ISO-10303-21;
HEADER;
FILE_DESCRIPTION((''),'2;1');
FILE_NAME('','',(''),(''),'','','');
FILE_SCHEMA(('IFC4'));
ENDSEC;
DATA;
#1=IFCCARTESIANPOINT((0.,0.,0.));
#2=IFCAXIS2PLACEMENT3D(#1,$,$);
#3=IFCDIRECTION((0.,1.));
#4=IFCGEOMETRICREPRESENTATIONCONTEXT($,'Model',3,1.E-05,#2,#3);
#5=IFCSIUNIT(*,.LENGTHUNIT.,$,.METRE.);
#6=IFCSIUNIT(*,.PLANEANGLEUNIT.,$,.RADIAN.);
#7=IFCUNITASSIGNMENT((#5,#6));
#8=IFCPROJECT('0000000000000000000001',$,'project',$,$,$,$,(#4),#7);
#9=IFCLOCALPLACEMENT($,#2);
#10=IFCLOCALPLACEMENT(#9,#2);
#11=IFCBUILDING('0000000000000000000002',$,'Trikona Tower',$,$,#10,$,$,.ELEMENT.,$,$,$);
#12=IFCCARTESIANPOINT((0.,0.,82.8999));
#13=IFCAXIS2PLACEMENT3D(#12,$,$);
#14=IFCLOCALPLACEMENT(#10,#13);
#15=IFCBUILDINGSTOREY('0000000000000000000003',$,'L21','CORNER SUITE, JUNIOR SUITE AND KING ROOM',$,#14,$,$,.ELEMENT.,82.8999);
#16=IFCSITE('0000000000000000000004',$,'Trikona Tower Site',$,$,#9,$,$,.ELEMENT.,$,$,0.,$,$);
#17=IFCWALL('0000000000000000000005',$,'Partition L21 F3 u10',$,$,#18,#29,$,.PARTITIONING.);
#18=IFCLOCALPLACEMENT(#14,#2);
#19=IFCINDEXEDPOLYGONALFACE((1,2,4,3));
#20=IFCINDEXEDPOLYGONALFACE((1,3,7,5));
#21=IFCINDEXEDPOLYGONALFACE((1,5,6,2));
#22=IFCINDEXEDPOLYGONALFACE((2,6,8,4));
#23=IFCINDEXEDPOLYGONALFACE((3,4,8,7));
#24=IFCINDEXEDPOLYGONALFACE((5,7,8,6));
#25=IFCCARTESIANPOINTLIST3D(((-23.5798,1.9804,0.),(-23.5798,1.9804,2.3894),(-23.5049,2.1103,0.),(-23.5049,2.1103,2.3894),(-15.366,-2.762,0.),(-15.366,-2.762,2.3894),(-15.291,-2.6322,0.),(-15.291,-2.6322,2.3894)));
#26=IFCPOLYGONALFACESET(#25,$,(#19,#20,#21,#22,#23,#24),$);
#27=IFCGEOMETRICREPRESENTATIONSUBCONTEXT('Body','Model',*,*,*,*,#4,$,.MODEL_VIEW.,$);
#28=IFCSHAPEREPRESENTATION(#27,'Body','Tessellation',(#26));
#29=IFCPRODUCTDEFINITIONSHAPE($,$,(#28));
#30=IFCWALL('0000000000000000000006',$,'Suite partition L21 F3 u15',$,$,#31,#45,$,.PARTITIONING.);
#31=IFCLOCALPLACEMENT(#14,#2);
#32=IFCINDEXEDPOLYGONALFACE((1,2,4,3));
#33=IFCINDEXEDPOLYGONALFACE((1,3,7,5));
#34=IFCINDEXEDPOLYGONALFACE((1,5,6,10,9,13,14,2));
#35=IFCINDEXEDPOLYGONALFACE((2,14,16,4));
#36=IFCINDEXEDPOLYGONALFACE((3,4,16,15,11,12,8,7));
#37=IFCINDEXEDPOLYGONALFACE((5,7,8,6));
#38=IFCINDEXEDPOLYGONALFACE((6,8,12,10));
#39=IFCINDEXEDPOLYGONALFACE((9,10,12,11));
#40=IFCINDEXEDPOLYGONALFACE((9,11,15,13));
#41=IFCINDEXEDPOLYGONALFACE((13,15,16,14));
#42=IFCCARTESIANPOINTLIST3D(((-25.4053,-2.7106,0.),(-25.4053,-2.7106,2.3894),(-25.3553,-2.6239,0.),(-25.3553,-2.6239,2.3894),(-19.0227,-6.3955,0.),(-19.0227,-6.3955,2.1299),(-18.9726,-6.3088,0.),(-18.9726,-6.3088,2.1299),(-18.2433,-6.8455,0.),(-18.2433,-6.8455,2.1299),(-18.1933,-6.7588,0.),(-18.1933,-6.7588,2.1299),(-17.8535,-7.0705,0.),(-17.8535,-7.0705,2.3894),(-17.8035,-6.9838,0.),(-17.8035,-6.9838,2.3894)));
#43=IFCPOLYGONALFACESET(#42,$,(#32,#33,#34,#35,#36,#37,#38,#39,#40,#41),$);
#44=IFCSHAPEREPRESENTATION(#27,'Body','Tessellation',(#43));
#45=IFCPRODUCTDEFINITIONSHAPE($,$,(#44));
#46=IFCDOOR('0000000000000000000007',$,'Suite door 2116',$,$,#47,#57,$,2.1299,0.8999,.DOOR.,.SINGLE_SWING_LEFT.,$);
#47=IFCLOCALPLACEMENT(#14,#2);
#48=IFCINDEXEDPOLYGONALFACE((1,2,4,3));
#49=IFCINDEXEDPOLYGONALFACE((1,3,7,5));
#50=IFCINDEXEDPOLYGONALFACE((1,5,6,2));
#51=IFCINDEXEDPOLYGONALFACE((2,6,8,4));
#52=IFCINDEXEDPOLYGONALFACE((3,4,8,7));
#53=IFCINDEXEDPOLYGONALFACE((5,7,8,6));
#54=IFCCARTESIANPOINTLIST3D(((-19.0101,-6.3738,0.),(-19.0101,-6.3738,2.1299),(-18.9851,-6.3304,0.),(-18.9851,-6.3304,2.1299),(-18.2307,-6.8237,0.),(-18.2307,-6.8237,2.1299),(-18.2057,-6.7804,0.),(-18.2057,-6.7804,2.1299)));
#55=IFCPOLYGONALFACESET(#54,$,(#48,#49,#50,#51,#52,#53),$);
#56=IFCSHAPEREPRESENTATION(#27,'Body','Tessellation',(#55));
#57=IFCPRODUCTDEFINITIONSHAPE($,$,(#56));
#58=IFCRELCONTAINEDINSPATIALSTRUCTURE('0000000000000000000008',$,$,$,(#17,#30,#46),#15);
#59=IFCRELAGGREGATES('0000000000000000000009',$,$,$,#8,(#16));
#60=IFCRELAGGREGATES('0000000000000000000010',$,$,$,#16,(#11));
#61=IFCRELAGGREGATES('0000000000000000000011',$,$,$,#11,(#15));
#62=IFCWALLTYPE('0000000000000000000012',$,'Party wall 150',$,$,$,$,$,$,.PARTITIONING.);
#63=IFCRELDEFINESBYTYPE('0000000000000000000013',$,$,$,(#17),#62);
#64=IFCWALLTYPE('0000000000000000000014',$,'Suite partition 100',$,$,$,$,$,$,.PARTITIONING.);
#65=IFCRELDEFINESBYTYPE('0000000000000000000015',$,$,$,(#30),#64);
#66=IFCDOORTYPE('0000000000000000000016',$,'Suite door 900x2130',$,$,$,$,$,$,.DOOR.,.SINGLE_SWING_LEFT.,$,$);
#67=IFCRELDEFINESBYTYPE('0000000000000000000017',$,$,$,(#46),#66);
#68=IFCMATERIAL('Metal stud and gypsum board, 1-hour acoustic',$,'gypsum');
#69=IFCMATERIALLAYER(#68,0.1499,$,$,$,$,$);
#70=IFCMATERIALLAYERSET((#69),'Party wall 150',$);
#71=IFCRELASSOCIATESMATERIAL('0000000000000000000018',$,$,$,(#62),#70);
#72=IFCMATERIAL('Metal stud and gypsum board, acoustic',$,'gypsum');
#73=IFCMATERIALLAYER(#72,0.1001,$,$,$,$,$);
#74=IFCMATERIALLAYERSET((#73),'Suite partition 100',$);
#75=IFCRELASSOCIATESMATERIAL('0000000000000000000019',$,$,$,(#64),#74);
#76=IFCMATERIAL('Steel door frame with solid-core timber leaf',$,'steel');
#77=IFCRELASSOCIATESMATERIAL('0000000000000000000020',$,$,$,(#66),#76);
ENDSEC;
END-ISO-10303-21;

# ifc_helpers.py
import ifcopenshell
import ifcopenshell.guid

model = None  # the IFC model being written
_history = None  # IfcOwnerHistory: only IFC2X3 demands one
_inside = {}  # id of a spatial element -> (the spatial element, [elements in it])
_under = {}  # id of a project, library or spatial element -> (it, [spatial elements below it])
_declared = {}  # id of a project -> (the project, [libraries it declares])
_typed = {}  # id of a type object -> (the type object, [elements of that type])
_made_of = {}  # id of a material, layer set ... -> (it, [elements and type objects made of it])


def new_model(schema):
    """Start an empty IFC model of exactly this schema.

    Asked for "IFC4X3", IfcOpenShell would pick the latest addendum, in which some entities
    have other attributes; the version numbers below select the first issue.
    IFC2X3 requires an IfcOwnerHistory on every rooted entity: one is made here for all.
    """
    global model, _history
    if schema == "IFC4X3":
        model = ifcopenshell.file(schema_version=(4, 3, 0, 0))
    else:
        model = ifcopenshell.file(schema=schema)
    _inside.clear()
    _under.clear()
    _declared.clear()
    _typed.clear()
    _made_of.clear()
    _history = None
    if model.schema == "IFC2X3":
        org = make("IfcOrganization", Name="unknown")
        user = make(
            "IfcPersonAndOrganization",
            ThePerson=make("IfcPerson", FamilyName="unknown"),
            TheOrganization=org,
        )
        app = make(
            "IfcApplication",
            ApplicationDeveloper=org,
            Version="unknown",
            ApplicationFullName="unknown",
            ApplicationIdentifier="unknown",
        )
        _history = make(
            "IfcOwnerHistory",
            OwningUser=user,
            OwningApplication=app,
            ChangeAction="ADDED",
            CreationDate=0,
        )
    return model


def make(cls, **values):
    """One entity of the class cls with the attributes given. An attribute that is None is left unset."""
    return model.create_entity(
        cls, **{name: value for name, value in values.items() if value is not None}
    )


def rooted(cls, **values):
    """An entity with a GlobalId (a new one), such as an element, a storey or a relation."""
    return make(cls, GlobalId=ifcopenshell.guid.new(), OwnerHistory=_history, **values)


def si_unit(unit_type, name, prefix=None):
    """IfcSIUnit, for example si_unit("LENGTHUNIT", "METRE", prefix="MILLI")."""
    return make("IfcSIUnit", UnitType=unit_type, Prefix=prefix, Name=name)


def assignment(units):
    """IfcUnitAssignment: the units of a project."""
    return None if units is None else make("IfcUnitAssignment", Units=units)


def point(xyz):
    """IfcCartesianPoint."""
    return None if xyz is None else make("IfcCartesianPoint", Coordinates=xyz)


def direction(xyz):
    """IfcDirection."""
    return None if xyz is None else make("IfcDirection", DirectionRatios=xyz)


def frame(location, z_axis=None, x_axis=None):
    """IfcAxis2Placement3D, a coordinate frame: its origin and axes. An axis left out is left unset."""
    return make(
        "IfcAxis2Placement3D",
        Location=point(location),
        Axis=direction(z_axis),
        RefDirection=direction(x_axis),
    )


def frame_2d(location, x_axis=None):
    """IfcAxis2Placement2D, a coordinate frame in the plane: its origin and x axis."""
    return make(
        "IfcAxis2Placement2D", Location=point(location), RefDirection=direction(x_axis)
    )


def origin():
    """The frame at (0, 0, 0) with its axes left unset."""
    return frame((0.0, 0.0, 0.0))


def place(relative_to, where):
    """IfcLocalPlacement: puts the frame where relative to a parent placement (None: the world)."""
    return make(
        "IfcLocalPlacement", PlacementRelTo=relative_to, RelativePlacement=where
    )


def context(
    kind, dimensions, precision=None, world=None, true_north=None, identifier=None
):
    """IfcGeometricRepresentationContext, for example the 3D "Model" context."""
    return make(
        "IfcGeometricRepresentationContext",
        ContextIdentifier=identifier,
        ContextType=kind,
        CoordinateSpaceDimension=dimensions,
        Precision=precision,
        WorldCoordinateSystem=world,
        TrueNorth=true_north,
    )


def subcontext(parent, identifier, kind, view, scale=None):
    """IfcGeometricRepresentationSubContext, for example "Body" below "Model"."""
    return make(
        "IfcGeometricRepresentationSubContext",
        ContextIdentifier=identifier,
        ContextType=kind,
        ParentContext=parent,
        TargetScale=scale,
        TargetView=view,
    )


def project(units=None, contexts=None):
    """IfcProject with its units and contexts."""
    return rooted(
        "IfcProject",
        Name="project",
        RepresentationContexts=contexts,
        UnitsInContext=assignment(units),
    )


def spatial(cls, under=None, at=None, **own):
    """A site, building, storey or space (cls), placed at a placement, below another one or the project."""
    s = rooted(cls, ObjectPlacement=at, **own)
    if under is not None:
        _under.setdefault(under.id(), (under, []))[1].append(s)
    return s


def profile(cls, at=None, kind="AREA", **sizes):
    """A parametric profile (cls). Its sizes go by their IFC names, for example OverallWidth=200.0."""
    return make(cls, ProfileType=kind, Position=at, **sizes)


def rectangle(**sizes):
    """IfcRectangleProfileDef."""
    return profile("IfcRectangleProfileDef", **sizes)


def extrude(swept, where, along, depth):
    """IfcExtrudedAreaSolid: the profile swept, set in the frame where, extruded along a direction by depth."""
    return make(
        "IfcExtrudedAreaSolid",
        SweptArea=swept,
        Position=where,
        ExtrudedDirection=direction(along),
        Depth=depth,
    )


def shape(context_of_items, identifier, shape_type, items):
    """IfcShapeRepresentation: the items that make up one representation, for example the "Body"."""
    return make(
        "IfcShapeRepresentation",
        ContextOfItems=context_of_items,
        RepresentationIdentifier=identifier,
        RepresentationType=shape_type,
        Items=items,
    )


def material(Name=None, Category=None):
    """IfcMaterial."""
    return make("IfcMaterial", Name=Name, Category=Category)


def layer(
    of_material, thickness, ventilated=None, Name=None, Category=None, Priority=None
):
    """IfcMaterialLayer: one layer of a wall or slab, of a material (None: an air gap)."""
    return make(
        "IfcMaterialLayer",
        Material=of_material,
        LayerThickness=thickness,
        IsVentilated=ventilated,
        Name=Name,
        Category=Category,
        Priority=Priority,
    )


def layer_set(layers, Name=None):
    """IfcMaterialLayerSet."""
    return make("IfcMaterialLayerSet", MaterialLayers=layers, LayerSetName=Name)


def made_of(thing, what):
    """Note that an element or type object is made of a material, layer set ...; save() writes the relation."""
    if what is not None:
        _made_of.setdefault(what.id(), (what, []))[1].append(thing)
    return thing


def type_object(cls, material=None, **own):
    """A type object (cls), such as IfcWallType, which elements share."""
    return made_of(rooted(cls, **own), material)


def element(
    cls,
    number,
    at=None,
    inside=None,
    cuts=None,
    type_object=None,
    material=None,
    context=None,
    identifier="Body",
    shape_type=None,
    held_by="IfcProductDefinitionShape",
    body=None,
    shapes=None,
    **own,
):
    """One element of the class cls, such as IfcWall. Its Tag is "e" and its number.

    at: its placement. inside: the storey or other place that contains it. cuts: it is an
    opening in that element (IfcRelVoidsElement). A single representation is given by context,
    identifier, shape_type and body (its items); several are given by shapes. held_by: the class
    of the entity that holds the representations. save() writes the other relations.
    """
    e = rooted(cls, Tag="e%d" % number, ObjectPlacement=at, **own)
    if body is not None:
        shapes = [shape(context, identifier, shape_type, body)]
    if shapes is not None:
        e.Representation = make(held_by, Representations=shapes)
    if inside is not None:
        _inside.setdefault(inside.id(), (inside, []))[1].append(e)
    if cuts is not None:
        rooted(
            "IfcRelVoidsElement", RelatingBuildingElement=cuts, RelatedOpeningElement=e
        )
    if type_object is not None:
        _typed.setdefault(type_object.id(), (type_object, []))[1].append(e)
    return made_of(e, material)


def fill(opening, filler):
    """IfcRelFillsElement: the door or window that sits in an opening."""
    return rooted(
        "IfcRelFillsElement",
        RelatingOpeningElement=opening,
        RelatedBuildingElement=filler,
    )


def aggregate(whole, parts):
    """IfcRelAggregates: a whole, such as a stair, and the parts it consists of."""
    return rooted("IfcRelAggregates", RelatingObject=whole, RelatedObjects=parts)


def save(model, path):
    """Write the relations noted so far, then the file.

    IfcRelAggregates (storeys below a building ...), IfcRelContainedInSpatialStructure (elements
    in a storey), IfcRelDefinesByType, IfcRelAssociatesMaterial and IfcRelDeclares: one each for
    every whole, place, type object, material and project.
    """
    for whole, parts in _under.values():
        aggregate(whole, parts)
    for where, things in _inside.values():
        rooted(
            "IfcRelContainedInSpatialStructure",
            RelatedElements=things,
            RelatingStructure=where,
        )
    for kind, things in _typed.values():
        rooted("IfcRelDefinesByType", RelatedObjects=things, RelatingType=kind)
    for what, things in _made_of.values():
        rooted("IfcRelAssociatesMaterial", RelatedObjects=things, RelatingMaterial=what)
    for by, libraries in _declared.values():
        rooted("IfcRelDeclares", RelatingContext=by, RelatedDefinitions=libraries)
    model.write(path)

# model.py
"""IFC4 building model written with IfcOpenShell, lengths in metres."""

from ifc_helpers import new_model, si_unit, direction, frame, frame_2d, origin, place, context, subcontext, project, spatial, rectangle, extrude, material, layer, layer_set, type_object, element, fill, save


model = new_model("IFC4")

# Units and contexts
model_context = context("Model", 3, precision=1e-05, world=origin(), true_north=direction((0.0, 1.0)))
body_context = subcontext(model_context, "Body", "Model", "MODEL_VIEW")
ifc_project = project(units=[si_unit("LENGTHUNIT", "METRE"), si_unit("PLANEANGLEUNIT", "RADIAN")], contexts=[model_context])

# Site, building, storey
site_placement = place(None, origin())
site = spatial("IfcSite", under=ifc_project, at=site_placement, Name="Trikona Tower Site", CompositionType="ELEMENT", RefElevation=0.0)
building_placement = place(site_placement, origin())
building = spatial("IfcBuilding", under=site, at=building_placement, Name="Trikona Tower", CompositionType="ELEMENT")
storey_placement = place(building_placement, frame((0.0, 0.0, 82.8999)))
storey = spatial("IfcBuildingStorey", under=building, at=storey_placement, Name="L21", Description="CORNER SUITE, JUNIOR SUITE AND KING ROOM", CompositionType="ELEMENT", Elevation=82.8999)

# Wall
ifc_material_1 = material(Name="Metal stud and gypsum board, 1-hour acoustic", Category="gypsum")
ifc_layer_1 = layer(ifc_material_1, 0.1499)
ifc_layer_set_1 = layer_set([ifc_layer_1], Name="Party wall 150")
wall_type_1 = type_object("IfcWallType", Name="Party wall 150", PredefinedType="PARTITIONING", material=ifc_layer_set_1)
wall_1_placement = place(storey_placement, frame((-15.3286, -2.697, 0.0), z_axis=(0.0, 0.0, 1.0), x_axis=(-0.866018, 0.500012, 0.0)))
element("IfcWall", 1, at=wall_1_placement, inside=storey, type_object=wall_type_1, Name="Partition L21 F3 u10", PredefinedType="PARTITIONING", context=body_context, shape_type="SweptSolid", body=[
    extrude(rectangle(XDim=9.4846, YDim=0.1499, at=frame_2d((4.7422, 0.0))), origin(), (0.0, 0.0, 1.0), 2.3894),
])

# Wall, opening, door
ifc_material_2 = material(Name="Metal stud and gypsum board, acoustic", Category="gypsum")
ifc_layer_2 = layer(ifc_material_2, 0.1001)
ifc_layer_set_2 = layer_set([ifc_layer_2], Name="Suite partition 100")
wall_type_2 = type_object("IfcWallType", Name="Suite partition 100", PredefinedType="PARTITIONING", material=ifc_layer_set_2)
wall_2_placement = place(storey_placement, frame((-17.8286, -7.0271, 0.0), z_axis=(0.0, 0.0, 1.0), x_axis=(-0.866033, 0.499987, 0.0)))
wall_2 = element("IfcWall", 2, at=wall_2_placement, inside=storey, type_object=wall_type_2, Name="Suite partition L21 F3 u15", PredefinedType="PARTITIONING", context=body_context, shape_type="SweptSolid", body=[
    extrude(rectangle(XDim=8.72, YDim=0.1001, at=frame_2d((4.3599, 0.0))), origin(), (0.0, 0.0, 1.0), 2.3894),
])
opening_1_placement = place(wall_2_placement, frame((0.45, 0.0, 0.0)))
opening_1 = element("IfcOpeningElement", 3, at=opening_1_placement, cuts=wall_2, PredefinedType="OPENING", context=body_context, shape_type="SweptSolid", body=[
    extrude(rectangle(XDim=0.8999, YDim=2.1299, at=frame_2d((0.45, 1.0649))), frame((0.0, 0.0601, 0.0), z_axis=(0.0, -1.0, 0.0), x_axis=(1.0, 0.0, 0.0)), (0.0, 0.0, 1.0), 0.1201),
])
ifc_material_3 = material(Name="Steel door frame with solid-core timber leaf", Category="steel")
door_type_1 = type_object("IfcDoorType", Name="Suite door 900x2130", OperationType="SINGLE_SWING_LEFT", PredefinedType="DOOR", material=ifc_material_3)
door_1_placement = place(opening_1_placement, origin())
door_1 = element("IfcDoor", 4, at=door_1_placement, inside=storey, type_object=door_type_1, Name="Suite door 2116", OperationType="SINGLE_SWING_LEFT", OverallHeight=2.1299, OverallWidth=0.8999, PredefinedType="DOOR", context=body_context, shape_type="SweptSolid", body=[
    extrude(rectangle(XDim=0.8999, YDim=2.1299, at=frame_2d((0.45, 1.0649))), frame((0.0, 0.0249, 0.0), z_axis=(0.0, -1.0, 0.0), x_axis=(1.0, 0.0, 0.0)), (0.0, 0.0, 1.0), 0.05),
])
fill(opening_1, door_1)

save(model, "model.ifc")
